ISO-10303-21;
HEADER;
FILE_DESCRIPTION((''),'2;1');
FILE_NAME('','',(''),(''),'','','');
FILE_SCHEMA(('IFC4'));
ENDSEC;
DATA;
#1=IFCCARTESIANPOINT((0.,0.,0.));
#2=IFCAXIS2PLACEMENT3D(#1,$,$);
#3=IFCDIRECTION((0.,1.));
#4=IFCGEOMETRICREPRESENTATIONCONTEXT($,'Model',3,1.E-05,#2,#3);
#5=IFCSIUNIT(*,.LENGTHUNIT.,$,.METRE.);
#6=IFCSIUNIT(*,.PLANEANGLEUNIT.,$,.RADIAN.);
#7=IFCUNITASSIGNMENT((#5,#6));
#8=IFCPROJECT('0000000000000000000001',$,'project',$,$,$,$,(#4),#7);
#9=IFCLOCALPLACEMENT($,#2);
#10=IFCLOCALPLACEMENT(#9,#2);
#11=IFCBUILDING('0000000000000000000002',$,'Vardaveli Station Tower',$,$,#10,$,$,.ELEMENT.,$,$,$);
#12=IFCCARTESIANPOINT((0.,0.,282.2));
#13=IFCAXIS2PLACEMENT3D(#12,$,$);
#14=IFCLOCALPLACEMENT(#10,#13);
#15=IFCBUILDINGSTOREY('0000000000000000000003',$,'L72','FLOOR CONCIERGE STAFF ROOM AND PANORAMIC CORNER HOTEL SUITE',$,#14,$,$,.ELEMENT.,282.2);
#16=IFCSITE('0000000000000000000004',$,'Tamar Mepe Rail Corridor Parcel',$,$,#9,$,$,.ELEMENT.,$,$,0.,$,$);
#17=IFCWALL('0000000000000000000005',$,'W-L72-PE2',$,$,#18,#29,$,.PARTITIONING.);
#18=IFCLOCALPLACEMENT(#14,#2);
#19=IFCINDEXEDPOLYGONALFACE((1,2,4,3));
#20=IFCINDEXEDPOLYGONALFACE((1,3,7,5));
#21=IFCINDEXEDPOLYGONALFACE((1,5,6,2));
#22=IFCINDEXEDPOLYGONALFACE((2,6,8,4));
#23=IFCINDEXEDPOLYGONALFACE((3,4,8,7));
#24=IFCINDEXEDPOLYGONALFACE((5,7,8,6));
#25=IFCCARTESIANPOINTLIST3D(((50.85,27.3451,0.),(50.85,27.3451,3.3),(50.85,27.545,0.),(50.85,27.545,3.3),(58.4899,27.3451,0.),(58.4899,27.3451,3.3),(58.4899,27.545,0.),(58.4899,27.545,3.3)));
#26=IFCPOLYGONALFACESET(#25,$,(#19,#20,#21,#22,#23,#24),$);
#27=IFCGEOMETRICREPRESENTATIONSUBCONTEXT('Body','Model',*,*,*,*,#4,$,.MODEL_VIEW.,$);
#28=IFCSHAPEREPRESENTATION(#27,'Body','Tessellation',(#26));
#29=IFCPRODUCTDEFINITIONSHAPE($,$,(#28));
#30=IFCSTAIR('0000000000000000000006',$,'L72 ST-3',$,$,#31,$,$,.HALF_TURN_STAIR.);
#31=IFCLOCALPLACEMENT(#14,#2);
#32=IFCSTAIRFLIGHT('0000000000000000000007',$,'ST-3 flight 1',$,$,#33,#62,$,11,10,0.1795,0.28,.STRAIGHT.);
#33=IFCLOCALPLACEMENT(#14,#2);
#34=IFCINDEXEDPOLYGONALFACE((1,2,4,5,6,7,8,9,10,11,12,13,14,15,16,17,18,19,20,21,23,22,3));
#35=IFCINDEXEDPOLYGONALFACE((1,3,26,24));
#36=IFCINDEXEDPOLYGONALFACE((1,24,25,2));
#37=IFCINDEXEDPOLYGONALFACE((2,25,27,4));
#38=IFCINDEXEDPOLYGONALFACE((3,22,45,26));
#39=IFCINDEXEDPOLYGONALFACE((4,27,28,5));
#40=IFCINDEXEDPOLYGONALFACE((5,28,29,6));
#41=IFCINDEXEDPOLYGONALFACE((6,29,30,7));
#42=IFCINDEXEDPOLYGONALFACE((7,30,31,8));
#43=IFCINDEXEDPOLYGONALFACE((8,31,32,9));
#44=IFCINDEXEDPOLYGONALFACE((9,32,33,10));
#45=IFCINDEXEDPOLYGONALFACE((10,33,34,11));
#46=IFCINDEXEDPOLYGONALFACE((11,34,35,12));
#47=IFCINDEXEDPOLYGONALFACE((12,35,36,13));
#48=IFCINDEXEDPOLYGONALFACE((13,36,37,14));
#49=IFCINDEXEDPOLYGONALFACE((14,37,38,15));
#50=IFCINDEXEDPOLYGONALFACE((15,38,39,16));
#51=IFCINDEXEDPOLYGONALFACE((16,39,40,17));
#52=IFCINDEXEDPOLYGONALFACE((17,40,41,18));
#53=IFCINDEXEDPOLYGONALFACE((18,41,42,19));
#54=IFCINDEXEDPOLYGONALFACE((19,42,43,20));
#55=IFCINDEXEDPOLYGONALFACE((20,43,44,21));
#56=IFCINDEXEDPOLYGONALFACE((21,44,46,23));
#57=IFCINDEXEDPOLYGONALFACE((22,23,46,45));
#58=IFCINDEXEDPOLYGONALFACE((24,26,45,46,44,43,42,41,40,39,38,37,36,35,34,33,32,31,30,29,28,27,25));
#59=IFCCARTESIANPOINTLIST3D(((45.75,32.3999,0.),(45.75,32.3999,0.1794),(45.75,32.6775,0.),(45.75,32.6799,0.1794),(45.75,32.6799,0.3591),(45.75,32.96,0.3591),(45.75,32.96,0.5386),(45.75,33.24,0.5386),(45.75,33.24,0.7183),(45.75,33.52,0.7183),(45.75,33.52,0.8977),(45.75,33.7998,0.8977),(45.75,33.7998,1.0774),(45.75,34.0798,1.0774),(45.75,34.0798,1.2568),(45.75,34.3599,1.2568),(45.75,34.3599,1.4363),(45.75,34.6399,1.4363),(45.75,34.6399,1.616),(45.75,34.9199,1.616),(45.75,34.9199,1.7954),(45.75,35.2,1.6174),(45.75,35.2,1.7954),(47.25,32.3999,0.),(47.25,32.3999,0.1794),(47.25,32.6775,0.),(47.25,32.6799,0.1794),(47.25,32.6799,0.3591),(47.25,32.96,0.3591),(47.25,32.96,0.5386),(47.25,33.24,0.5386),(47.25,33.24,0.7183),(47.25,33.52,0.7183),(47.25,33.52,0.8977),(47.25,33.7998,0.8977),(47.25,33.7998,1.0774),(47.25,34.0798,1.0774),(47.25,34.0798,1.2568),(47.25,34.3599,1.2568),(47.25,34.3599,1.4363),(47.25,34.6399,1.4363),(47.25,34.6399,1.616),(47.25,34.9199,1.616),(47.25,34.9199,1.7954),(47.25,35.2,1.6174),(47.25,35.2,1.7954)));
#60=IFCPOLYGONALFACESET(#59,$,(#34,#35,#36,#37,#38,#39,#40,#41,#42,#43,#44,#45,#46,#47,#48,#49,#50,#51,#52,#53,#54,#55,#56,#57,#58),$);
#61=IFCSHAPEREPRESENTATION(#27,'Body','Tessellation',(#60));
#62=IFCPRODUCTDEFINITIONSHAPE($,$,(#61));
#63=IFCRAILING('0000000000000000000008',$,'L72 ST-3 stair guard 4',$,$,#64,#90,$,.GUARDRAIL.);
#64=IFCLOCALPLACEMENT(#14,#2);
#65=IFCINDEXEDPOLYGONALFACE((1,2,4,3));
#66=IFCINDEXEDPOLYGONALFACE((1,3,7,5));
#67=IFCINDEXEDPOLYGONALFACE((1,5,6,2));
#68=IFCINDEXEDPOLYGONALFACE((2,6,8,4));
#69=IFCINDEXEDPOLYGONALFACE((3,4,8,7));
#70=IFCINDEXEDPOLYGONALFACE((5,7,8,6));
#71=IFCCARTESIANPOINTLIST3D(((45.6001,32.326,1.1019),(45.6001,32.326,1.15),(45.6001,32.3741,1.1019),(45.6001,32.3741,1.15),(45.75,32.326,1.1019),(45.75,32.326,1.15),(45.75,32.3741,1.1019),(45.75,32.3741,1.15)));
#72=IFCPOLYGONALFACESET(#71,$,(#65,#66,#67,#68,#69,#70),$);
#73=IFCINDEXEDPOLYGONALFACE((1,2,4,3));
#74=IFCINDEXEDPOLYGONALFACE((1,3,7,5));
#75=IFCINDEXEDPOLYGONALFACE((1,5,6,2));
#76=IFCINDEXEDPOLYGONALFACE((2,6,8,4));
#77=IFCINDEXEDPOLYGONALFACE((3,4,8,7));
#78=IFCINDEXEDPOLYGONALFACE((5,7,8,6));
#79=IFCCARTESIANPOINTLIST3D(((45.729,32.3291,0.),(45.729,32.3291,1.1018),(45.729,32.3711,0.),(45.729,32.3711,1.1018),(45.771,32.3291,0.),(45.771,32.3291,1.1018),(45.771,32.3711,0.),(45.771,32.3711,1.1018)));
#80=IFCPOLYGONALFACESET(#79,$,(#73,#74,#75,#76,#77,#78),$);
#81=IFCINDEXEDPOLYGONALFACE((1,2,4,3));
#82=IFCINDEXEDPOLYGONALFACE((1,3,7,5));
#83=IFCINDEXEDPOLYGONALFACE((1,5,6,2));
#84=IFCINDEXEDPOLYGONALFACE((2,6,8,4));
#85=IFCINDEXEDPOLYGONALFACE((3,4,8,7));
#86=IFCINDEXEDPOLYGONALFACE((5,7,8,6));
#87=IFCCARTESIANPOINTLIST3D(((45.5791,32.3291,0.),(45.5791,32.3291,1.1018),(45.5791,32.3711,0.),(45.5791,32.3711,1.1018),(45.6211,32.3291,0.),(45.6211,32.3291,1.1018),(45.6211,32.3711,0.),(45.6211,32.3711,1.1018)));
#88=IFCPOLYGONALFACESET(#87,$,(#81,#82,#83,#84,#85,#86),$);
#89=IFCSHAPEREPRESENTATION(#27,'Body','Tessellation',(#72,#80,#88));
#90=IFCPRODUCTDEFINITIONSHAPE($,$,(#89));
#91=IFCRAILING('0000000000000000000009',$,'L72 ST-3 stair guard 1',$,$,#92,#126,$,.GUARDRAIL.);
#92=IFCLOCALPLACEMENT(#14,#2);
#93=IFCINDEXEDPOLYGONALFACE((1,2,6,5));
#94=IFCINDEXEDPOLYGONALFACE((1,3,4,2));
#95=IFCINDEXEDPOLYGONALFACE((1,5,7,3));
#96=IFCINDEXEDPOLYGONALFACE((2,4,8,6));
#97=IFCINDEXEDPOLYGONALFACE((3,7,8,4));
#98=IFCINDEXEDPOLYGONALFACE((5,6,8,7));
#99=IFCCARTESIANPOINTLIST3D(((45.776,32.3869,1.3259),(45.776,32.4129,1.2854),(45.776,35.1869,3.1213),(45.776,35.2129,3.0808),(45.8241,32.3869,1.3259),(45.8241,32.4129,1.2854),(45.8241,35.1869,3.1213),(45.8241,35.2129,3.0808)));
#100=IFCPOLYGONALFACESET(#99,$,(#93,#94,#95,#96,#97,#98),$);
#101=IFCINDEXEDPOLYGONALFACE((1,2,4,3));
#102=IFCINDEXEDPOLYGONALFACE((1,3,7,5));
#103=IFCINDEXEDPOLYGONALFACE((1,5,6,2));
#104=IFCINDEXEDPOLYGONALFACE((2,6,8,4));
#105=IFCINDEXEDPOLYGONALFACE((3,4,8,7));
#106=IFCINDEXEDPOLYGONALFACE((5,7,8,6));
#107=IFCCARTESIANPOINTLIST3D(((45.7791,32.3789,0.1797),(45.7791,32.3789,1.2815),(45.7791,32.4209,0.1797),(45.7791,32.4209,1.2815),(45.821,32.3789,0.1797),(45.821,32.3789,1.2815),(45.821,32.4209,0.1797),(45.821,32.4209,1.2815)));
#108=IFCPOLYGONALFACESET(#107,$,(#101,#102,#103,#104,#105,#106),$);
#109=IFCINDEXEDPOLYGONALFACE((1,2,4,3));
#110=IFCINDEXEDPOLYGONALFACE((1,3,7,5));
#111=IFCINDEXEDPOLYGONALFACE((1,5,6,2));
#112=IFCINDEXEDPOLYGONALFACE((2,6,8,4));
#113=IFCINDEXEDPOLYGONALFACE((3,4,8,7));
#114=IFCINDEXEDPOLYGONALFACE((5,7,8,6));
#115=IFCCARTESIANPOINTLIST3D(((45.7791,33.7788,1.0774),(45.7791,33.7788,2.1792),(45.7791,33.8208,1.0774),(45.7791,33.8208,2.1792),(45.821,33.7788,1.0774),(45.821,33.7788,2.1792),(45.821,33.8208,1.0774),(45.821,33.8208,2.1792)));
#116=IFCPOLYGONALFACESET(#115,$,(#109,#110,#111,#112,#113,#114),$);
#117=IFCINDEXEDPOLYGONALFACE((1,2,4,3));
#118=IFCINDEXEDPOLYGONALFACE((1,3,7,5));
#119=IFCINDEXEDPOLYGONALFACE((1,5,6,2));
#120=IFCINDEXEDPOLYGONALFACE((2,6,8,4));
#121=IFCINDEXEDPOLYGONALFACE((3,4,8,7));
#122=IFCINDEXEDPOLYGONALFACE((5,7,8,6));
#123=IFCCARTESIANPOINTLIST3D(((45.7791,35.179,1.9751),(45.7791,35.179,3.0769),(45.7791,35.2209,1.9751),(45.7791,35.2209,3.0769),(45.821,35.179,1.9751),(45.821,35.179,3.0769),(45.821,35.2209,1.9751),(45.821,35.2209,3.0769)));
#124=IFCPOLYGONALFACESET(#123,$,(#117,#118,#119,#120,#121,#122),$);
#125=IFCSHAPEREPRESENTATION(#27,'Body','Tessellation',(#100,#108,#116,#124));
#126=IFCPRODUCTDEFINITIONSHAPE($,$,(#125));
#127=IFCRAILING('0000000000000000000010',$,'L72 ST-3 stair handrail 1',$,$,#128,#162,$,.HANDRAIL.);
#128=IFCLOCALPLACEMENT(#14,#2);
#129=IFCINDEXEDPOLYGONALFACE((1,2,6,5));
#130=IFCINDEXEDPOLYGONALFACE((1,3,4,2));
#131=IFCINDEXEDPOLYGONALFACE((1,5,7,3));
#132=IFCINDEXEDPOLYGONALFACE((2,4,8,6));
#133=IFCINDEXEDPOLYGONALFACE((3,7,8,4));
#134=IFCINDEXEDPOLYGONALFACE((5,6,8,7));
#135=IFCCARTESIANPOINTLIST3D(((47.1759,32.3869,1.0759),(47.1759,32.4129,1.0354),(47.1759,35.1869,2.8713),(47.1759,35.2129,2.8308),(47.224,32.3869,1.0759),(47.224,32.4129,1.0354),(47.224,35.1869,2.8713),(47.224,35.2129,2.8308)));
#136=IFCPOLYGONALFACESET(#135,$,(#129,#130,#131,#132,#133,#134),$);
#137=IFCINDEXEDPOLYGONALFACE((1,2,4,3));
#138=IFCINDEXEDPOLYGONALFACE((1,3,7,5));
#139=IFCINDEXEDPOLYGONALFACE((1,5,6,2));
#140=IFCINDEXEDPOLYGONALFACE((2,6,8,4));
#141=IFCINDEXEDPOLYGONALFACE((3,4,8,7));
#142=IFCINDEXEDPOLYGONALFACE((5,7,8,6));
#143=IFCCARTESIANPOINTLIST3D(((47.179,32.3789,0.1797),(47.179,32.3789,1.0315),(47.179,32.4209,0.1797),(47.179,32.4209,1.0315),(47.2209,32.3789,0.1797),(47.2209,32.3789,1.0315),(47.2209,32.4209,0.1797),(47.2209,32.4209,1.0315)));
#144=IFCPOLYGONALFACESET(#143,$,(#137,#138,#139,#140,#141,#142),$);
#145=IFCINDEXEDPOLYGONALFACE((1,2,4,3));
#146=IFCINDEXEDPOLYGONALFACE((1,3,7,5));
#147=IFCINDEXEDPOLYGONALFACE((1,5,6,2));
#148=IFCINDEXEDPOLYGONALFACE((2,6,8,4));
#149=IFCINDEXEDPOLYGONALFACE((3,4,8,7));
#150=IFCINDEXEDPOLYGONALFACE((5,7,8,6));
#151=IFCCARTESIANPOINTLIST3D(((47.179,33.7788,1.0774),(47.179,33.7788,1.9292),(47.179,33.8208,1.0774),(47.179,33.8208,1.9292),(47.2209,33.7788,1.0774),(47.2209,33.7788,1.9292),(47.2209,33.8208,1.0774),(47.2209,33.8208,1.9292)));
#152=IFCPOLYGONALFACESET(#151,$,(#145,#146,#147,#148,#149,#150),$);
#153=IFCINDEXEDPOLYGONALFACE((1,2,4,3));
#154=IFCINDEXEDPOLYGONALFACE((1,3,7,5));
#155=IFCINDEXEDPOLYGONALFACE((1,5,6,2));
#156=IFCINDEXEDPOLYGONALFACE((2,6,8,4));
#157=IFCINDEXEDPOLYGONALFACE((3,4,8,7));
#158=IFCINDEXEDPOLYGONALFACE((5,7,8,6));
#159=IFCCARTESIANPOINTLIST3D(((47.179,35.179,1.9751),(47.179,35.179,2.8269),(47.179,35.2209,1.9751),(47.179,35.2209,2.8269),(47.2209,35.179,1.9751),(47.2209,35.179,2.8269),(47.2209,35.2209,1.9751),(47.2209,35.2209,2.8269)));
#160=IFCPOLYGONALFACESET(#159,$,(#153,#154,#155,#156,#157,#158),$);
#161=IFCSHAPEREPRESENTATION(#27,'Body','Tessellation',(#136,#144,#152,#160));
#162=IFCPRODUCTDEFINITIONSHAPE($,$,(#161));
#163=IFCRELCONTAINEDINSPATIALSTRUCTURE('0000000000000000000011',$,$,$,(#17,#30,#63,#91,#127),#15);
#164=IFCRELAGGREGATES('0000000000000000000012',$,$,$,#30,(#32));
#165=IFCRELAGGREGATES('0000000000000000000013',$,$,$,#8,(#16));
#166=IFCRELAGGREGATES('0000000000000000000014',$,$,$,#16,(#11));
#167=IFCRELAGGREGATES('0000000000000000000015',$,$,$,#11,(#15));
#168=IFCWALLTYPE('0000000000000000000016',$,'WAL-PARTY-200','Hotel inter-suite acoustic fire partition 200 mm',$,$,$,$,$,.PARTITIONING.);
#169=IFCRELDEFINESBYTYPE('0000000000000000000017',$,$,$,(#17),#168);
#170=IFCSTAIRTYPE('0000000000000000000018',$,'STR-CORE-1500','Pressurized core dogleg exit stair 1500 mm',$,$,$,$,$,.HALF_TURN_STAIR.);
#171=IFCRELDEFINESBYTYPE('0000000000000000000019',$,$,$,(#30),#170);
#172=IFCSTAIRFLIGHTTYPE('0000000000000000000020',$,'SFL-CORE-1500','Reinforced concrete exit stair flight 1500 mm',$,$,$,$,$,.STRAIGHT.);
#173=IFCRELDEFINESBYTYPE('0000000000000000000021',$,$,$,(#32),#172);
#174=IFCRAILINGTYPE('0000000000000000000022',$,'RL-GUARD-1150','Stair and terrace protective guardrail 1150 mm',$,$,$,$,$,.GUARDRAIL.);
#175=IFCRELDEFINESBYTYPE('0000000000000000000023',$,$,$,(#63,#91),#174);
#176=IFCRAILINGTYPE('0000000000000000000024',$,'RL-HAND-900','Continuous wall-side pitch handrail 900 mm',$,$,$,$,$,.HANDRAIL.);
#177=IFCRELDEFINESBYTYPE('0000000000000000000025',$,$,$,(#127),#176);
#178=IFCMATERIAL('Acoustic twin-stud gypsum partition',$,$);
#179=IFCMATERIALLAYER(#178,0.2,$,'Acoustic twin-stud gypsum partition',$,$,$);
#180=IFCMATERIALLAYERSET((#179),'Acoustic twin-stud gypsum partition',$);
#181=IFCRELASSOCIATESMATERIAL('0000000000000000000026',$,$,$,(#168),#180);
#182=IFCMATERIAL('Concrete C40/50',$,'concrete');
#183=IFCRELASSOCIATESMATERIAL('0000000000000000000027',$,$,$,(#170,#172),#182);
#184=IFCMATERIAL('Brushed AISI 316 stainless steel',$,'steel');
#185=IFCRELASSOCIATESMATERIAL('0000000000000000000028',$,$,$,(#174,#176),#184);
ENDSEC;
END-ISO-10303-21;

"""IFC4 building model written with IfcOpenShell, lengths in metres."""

from ifc_helpers import new_model, si_unit, direction, frame, frame_2d, origin, origin_2d, place, context, subcontext, project, spatial, polyline, rectangle, outline, extrude, source, transform, mapped, material, layer, layer_set, type_object, element, aggregate, save


model = new_model("IFC4")

# Units and contexts
model_context = context("Model", 3, precision=1e-05, world=origin(), true_north=direction((0.0, 1.0)))
body_context = subcontext(model_context, "Body", "Model", "MODEL_VIEW")
ifc_project = project(units=[si_unit("LENGTHUNIT", "METRE"), si_unit("PLANEANGLEUNIT", "RADIAN")], contexts=[model_context])

# Site, building, storey
site_placement = place(None, origin())
site = spatial("IfcSite", under=ifc_project, at=site_placement, Name="Tamar Mepe Rail Corridor Parcel", CompositionType="ELEMENT", RefElevation=0.0)
building_placement = place(site_placement, origin())
building = spatial("IfcBuilding", under=site, at=building_placement, Name="Vardaveli Station Tower", CompositionType="ELEMENT")
storey_placement = place(building_placement, frame((0.0, 0.0, 282.2)))
storey = spatial("IfcBuildingStorey", under=building, at=storey_placement, Name="L72", Description="FLOOR CONCIERGE STAFF ROOM AND PANORAMIC CORNER HOTEL SUITE", CompositionType="ELEMENT", Elevation=282.2)

# Shared definitions
ifc_material_1 = material(Name="Concrete C40/50", Category="concrete")

# Wall
ifc_material_2 = material(Name="Acoustic twin-stud gypsum partition")
ifc_layer_1 = layer(ifc_material_2, 0.2, Name="Acoustic twin-stud gypsum partition")
ifc_layer_set_1 = layer_set([ifc_layer_1], Name="Acoustic twin-stud gypsum partition")
wall_type_1 = type_object("IfcWallType", Name="WAL-PARTY-200", Description="Hotel inter-suite acoustic fire partition 200 mm", PredefinedType="PARTITIONING", material=ifc_layer_set_1)
shared_shape_1 = source(origin(), body_context, "Body", "SweptSolid", [
    extrude(rectangle(XDim=7.6399, YDim=0.2, at=frame_2d((3.8198, 0.0))), origin(), (0.0, 0.0, 1.0), 3.3),
])
wall_1_placement = place(storey_placement, frame((50.8501, 27.4451, 0.0), z_axis=(0.0, 0.0, 1.0), x_axis=(1.0, 0.0, 0.0)))
element("IfcWall", 1, at=wall_1_placement, inside=storey, type_object=wall_type_1, Name="W-L72-PE2", PredefinedType="PARTITIONING", context=body_context, shape_type="MappedRepresentation", body=[
    mapped(shared_shape_1, transform((0.0, 0.0, 0.0), scale=1.0)),
])

# Stair, stair flight
stair_type = type_object("IfcStairType", Name="STR-CORE-1500", Description="Pressurized core dogleg exit stair 1500 mm", PredefinedType="HALF_TURN_STAIR", material=ifc_material_1)
stair_placement = place(storey_placement, origin())
stair = element("IfcStair", 2, at=stair_placement, inside=storey, type_object=stair_type, Name="L72 ST-3", PredefinedType="HALF_TURN_STAIR")
stair_flight_type = type_object("IfcStairFlightType", Name="SFL-CORE-1500", Description="Reinforced concrete exit stair flight 1500 mm", PredefinedType="STRAIGHT", material=ifc_material_1)
shared_shape_2 = source(origin(), body_context, "Body", "SweptSolid", [
    extrude(outline(polyline([(0.0, 0.0), (0.0, 0.1794), (0.28, 0.1794), (0.28, 0.3591), (0.5601, 0.3591), (0.5601, 0.5386), (0.8401, 0.5386), (0.8401, 0.7183), (1.1201, 0.7183), (1.1201, 0.8977), (1.3999, 0.8977), (1.3999, 1.0774), (1.6799, 1.0774), (1.6799, 1.2568), (1.96, 1.2568), (1.96, 1.4363), (2.24, 1.4363), (2.24, 1.616), (2.52, 1.616), (2.52, 1.7954), (2.8, 1.7954), (2.8, 1.9751), (2.8, 1.6174), (0.2776, 0.0), (0.0, 0.0)])), frame((0.0, 0.75, 0.0), z_axis=(0.0, -1.0, 0.0), x_axis=(1.0, 0.0, 0.0)), (0.0, 0.0, 1.0), 1.5),
])
stair_flight_placement = place(storey_placement, frame((46.5, 32.3999, 0.0), z_axis=(0.0, 0.0, 1.0), x_axis=(0.0, 1.0, 0.0)))
stair_flight = element("IfcStairFlight", 3, at=stair_flight_placement, type_object=stair_flight_type, Name="ST-3 flight 1", NumberOfRisers=11, NumberOfTreads=10, PredefinedType="STRAIGHT", RiserHeight=0.1795, TreadLength=0.28, context=body_context, shape_type="MappedRepresentation", body=[
    mapped(shared_shape_2, transform((0.0, 0.0, 0.0), scale=1.0)),
])
aggregate(stair, [stair_flight])

# Railings
ifc_material_3 = material(Name="Brushed AISI 316 stainless steel", Category="steel")
railing_type_1 = type_object("IfcRailingType", Name="RL-GUARD-1150", Description="Stair and terrace protective guardrail 1150 mm", PredefinedType="GUARDRAIL", material=ifc_material_3)
shared_shape_3 = source(origin(), body_context, "Body", "SweptSolid", [
    extrude(rectangle(XDim=0.0481, YDim=0.0481, at=origin_2d()), frame((0.0, 0.0, 1.126), z_axis=(-1.0, 0.0, 0.0), x_axis=(0.0, -1.0, 0.0)), (0.0, 0.0, 1.0), 0.1499),
    extrude(rectangle(XDim=0.042, YDim=0.042, at=origin_2d()), origin(), (0.0, 0.0, 1.0), 1.1018),
    extrude(rectangle(XDim=0.042, YDim=0.042, at=origin_2d()), frame((-0.1499, 0.0, 0.0)), (0.0, 0.0, 1.0), 1.1018),
])
railing_1_placement = place(storey_placement, frame((45.75, 32.3501, 0.0)))
element("IfcRailing", 4, at=railing_1_placement, inside=storey, type_object=railing_type_1, Name="L72 ST-3 stair guard 4", PredefinedType="GUARDRAIL", context=body_context, shape_type="MappedRepresentation", body=[
    mapped(shared_shape_3, transform((0.0, 0.0, 0.0), scale=1.0)),
])
shared_shape_4 = source(origin(), body_context, "Body", "SweptSolid", [
    extrude(rectangle(XDim=0.0481, YDim=0.0481, at=origin_2d()), frame((0.0, 0.0, 1.126), z_axis=(0.0, 0.84181, 0.539774), x_axis=(-1.0, 0.0, 0.0)), (0.0, 0.0, 1.0), 3.3262),
    extrude(rectangle(XDim=0.042, YDim=0.042, at=origin_2d()), origin(), (0.0, 0.0, 1.0), 1.1018),
    extrude(rectangle(XDim=0.042, YDim=0.042, at=origin_2d()), frame((0.0, 1.3999, 0.8977)), (0.0, 0.0, 1.0), 1.1018),
    extrude(rectangle(XDim=0.042, YDim=0.042, at=origin_2d()), frame((0.0, 2.8, 1.7954)), (0.0, 0.0, 1.0), 1.1018),
])
railing_2_placement = place(storey_placement, frame((45.8, 32.3999, 0.1797)))
element("IfcRailing", 5, at=railing_2_placement, inside=storey, type_object=railing_type_1, Name="L72 ST-3 stair guard 1", PredefinedType="GUARDRAIL", context=body_context, shape_type="MappedRepresentation", body=[
    mapped(shared_shape_4, transform((0.0, 0.0, 0.0), scale=1.0)),
])
railing_type_2 = type_object("IfcRailingType", Name="RL-HAND-900", Description="Continuous wall-side pitch handrail 900 mm", PredefinedType="HANDRAIL", material=ifc_material_3)
shared_shape_5 = source(origin(), body_context, "Body", "SweptSolid", [
    extrude(rectangle(XDim=0.0481, YDim=0.0481, at=origin_2d()), frame((0.0, 0.0, 0.876), z_axis=(0.0, 0.84181, 0.539774), x_axis=(-1.0, 0.0, 0.0)), (0.0, 0.0, 1.0), 3.3262),
    extrude(rectangle(XDim=0.042, YDim=0.042, at=origin_2d()), origin(), (0.0, 0.0, 1.0), 0.8518),
    extrude(rectangle(XDim=0.042, YDim=0.042, at=origin_2d()), frame((0.0, 1.3999, 0.8977)), (0.0, 0.0, 1.0), 0.8518),
    extrude(rectangle(XDim=0.042, YDim=0.042, at=origin_2d()), frame((0.0, 2.8, 1.7954)), (0.0, 0.0, 1.0), 0.8518),
])
railing_3_placement = place(storey_placement, frame((47.2, 32.3999, 0.1797)))
element("IfcRailing", 6, at=railing_3_placement, inside=storey, type_object=railing_type_2, Name="L72 ST-3 stair handrail 1", PredefinedType="HANDRAIL", context=body_context, shape_type="MappedRepresentation", body=[
    mapped(shared_shape_5, transform((0.0, 0.0, 0.0), scale=1.0)),
])

save(model, "model.ifc")
